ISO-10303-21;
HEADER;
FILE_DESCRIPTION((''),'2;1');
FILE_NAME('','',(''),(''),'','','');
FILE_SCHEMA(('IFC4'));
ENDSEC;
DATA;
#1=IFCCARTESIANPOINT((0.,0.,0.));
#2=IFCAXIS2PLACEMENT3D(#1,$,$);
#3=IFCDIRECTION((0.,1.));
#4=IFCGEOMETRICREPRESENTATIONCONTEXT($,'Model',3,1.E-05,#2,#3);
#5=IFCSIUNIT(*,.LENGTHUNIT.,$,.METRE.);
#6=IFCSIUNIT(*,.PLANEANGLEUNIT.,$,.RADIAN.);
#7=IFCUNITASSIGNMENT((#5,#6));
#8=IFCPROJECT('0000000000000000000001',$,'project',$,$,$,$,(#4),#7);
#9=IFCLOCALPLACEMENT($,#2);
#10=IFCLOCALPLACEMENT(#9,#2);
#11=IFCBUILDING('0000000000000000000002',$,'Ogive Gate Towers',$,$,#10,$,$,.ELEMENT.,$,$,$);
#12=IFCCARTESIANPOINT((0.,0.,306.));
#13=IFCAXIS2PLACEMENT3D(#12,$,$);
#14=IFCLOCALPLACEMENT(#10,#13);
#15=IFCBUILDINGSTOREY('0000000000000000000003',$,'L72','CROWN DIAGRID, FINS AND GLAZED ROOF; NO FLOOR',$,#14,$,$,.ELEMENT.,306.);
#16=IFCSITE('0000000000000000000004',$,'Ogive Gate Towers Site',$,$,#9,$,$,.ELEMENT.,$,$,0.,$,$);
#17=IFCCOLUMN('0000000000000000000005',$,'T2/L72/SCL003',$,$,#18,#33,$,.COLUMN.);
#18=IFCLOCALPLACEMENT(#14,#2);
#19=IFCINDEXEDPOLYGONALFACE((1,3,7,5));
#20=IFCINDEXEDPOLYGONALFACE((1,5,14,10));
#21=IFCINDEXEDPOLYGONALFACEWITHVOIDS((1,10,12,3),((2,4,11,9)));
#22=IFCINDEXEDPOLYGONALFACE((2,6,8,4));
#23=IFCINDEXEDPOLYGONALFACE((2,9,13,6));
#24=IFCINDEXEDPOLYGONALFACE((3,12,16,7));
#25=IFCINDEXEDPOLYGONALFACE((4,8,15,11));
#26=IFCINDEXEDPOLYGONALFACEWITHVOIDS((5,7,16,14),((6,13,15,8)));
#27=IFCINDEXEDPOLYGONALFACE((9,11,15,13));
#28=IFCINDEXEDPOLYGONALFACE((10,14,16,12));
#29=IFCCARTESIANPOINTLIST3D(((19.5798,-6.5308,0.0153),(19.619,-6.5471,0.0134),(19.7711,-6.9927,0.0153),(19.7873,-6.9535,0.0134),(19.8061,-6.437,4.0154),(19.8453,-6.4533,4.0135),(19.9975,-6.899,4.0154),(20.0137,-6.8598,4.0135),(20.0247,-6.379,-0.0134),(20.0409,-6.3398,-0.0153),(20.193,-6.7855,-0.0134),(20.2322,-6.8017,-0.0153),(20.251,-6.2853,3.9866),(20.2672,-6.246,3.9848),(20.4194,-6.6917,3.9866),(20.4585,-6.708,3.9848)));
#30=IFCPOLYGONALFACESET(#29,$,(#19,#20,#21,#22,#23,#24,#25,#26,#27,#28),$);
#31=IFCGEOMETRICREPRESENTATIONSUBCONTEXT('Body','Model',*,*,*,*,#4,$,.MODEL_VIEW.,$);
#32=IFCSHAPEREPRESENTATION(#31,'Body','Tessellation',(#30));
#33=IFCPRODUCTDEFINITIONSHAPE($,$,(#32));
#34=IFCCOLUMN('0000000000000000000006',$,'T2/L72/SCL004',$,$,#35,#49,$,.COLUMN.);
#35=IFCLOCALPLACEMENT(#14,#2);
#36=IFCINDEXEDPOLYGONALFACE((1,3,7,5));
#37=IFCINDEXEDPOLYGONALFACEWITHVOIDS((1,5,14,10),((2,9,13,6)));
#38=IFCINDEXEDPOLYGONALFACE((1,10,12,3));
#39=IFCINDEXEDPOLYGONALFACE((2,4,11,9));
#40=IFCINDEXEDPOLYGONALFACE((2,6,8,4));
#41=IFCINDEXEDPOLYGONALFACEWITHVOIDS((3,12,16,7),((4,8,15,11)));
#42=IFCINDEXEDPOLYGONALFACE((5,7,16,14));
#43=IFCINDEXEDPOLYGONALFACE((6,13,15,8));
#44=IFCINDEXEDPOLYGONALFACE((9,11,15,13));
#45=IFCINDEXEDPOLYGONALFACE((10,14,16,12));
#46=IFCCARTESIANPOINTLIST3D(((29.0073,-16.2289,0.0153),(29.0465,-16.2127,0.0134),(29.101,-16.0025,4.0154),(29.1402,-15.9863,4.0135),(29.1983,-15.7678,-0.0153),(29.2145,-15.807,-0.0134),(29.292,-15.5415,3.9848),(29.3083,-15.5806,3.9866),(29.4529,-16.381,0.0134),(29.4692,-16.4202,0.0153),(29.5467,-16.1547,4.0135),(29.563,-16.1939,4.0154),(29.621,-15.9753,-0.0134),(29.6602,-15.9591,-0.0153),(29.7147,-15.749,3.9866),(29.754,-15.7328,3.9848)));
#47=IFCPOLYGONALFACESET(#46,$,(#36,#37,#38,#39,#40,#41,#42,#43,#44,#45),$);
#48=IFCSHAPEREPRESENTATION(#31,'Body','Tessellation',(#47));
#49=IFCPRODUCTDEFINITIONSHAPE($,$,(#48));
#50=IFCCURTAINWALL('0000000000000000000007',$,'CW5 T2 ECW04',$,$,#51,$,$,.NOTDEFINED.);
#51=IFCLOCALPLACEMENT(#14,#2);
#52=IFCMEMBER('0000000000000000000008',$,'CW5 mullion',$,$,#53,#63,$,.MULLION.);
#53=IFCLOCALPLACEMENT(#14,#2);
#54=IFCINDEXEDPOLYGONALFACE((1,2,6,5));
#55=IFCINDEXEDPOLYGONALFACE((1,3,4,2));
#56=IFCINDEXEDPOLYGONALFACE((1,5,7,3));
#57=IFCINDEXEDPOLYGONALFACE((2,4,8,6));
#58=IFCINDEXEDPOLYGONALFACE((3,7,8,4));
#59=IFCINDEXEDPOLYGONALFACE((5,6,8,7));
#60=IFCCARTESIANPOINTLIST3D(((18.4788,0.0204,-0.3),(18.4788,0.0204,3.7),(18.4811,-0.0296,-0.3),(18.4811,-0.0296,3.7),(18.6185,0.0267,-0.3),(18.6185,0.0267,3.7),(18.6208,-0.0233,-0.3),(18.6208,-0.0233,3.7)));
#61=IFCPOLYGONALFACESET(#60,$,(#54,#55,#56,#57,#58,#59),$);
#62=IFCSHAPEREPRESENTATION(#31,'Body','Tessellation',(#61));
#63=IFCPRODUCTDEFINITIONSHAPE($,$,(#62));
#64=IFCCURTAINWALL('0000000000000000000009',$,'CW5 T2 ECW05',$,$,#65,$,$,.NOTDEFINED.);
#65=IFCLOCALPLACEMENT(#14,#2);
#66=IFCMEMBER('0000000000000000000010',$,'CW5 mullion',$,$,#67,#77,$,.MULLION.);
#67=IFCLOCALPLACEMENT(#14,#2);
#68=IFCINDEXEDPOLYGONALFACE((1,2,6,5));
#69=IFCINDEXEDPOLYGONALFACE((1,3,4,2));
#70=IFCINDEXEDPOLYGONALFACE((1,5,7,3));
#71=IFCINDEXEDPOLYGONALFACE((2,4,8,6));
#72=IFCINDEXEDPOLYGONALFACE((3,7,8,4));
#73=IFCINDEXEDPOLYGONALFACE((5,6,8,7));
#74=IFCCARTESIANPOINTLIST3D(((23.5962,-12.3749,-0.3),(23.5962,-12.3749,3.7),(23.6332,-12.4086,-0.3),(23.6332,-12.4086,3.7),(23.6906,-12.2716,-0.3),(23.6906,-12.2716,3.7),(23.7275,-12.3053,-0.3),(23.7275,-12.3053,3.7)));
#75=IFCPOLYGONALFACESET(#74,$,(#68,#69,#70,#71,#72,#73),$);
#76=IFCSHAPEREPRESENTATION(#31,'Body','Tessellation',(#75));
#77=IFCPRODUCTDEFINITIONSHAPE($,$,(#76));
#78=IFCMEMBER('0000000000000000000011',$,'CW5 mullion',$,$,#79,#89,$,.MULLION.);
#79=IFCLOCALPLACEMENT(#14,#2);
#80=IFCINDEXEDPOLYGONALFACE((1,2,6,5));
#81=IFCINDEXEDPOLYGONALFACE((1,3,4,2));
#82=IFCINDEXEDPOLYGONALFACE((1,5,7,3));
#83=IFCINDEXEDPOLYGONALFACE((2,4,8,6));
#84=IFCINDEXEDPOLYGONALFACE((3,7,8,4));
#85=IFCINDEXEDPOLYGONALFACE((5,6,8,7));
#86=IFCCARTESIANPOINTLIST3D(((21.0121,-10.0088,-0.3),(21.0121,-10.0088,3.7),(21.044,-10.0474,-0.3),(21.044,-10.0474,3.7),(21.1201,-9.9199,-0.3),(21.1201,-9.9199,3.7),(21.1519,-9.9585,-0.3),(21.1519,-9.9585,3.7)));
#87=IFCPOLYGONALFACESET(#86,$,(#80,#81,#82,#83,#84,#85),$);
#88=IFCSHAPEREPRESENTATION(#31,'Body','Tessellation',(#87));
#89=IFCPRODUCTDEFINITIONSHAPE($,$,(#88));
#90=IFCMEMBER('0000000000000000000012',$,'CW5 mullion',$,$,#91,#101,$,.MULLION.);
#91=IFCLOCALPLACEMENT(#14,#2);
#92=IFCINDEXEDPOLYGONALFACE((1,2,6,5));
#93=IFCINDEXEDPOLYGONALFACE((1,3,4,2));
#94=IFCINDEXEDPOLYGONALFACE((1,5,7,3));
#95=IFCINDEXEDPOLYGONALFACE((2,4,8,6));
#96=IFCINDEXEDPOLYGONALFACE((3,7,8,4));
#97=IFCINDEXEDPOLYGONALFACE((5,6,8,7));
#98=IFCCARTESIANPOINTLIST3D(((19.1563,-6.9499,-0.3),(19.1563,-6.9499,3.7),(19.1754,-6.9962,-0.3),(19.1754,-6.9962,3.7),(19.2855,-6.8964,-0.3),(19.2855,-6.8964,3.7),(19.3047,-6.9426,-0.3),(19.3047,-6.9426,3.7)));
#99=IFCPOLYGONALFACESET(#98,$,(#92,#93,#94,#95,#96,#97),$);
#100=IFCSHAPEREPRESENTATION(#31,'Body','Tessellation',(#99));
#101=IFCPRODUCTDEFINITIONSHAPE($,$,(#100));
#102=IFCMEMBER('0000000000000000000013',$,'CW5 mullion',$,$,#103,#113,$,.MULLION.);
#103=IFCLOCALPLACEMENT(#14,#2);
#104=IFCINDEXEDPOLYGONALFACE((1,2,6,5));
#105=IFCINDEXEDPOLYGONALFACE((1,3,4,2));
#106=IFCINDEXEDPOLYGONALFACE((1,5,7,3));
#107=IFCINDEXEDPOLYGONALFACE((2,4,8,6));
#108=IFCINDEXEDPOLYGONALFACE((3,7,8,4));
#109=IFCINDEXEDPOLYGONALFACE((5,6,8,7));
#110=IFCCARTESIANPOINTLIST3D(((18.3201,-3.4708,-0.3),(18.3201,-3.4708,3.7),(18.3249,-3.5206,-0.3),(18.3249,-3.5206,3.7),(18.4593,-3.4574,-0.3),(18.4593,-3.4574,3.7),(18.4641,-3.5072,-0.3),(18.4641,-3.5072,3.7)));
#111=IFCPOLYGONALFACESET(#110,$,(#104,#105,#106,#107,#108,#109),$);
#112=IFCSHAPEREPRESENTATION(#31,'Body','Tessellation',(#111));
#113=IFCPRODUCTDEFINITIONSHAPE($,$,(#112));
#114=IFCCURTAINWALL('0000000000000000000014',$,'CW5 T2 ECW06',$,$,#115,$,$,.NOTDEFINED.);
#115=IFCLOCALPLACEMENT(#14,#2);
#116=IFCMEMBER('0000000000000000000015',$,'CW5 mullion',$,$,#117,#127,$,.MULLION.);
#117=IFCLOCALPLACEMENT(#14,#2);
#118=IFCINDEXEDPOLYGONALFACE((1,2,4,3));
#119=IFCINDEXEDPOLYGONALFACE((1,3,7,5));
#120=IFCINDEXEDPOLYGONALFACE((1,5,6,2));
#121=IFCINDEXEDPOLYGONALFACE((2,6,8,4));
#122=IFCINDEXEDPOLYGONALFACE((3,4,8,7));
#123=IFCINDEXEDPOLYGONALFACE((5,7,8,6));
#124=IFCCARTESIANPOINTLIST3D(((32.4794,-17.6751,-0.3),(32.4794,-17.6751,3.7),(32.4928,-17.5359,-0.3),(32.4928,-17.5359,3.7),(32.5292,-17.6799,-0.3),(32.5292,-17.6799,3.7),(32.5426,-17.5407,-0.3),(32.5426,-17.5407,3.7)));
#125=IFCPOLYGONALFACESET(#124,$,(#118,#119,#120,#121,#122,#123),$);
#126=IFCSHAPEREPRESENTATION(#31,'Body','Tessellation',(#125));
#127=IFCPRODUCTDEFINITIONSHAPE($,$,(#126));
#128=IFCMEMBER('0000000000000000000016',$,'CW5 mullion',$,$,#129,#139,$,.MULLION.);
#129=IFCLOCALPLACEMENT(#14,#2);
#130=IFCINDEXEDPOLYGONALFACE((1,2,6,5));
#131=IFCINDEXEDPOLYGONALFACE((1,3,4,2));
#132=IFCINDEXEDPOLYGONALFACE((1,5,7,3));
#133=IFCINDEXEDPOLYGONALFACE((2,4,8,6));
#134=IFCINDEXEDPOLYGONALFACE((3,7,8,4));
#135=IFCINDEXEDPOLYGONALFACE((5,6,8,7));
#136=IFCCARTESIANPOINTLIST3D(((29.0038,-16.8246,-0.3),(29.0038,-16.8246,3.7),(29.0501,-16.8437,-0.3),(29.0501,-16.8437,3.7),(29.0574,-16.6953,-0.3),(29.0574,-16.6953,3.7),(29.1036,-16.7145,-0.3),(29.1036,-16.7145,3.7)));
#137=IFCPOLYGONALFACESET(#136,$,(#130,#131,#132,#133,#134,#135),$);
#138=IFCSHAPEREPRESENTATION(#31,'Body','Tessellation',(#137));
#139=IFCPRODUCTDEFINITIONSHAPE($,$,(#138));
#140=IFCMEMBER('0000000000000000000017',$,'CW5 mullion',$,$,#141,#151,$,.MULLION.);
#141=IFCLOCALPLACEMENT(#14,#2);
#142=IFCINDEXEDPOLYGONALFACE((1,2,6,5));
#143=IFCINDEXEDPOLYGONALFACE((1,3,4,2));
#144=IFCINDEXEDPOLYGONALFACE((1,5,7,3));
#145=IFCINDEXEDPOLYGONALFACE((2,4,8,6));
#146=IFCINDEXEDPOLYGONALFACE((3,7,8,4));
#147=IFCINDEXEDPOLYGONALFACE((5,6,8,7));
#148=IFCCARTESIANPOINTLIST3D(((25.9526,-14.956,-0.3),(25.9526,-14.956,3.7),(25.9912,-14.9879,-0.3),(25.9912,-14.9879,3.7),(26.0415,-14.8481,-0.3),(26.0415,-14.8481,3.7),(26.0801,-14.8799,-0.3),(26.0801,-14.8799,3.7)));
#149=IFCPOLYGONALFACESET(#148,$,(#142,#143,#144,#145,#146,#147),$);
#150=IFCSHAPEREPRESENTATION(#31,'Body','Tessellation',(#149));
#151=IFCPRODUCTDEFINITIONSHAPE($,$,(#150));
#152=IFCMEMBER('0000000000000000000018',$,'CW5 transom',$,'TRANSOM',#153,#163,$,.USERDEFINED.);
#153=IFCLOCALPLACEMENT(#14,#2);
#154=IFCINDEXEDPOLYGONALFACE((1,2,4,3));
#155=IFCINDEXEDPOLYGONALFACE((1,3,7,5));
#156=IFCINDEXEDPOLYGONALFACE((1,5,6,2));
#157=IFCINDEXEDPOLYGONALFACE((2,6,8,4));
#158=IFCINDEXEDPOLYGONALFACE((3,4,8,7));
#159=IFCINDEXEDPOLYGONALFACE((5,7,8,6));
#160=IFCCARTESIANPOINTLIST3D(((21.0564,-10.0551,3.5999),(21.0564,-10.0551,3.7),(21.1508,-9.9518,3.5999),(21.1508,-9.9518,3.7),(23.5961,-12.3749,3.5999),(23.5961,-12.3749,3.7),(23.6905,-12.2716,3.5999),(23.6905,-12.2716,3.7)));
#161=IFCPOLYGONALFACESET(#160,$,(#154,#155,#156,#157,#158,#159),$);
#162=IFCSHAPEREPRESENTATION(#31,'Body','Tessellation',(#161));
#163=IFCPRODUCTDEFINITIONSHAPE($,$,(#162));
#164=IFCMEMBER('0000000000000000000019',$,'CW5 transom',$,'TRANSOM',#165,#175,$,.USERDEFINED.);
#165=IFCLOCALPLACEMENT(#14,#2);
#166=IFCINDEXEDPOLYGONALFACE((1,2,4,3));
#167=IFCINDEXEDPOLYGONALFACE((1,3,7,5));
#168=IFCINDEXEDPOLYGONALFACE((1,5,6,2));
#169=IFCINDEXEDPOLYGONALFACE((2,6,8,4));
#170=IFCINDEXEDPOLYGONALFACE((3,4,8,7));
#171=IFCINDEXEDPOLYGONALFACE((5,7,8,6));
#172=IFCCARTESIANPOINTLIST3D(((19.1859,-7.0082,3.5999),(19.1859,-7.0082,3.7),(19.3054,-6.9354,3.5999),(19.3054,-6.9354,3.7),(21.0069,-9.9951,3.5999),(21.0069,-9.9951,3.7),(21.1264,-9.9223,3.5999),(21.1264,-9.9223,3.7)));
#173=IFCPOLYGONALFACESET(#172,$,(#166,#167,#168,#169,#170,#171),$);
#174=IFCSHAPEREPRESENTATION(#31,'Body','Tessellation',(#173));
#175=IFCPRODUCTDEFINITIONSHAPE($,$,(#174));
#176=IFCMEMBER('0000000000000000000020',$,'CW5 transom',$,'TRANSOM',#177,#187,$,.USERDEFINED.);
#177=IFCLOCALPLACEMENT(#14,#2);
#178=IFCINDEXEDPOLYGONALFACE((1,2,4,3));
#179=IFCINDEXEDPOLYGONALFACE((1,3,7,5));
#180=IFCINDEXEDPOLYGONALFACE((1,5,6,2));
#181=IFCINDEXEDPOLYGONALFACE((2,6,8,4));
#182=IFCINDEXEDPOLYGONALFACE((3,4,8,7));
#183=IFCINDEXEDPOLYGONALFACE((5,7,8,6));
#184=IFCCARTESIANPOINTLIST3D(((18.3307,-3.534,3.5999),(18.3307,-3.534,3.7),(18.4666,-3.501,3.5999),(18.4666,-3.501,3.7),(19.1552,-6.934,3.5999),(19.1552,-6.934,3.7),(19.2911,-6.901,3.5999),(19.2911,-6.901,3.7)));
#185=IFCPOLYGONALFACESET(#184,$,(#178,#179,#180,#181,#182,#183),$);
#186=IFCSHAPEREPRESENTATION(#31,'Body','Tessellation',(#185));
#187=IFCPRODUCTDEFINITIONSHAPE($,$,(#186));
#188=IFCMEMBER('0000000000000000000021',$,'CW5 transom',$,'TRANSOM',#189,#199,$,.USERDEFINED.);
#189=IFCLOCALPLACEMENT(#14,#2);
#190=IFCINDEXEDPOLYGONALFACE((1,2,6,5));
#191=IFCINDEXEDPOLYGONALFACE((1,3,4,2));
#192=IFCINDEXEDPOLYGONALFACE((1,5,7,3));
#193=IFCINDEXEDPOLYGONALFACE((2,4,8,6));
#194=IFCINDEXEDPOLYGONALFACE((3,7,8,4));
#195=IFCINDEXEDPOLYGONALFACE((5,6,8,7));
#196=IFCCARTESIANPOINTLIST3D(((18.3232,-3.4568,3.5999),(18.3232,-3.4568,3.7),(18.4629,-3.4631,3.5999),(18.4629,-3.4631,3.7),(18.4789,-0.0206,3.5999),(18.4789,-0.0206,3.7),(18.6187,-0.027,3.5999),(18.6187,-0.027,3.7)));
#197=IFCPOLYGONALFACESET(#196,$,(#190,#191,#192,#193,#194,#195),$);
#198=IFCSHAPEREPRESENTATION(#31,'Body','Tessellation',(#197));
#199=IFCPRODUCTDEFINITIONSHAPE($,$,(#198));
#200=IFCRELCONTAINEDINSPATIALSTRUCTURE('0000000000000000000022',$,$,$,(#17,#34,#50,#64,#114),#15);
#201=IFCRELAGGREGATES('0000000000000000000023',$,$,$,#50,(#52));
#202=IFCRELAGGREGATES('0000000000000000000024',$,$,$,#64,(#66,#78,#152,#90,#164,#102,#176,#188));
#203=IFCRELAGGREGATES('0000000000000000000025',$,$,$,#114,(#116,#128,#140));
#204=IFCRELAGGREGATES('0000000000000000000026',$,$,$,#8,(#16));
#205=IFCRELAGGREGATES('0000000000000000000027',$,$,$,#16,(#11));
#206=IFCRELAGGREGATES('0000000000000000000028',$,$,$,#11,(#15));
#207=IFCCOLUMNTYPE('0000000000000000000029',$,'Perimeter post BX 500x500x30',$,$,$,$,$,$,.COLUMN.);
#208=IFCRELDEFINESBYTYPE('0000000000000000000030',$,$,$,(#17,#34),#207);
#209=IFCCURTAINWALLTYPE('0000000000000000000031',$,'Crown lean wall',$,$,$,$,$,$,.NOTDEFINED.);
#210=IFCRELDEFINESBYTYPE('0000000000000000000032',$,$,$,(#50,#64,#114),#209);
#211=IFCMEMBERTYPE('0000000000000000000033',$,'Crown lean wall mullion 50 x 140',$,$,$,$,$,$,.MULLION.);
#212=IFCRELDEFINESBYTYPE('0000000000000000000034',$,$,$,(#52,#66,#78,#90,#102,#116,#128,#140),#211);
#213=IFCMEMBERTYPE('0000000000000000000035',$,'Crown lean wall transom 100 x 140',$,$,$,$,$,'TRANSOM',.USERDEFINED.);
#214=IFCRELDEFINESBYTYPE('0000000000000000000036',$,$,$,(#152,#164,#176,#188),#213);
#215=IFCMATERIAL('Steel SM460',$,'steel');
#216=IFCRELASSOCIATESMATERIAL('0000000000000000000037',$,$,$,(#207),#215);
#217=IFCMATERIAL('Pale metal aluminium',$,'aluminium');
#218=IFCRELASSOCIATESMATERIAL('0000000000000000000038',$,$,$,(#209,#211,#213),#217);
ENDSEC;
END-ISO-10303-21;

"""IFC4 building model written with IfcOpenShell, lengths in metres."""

from ifc_helpers import new_model, si_unit, direction, frame, origin, origin_2d, place, context, subcontext, project, spatial, rectangle, hollow_rectangle, extrude, material, material_profile, profile_set, type_object, element, aggregate, save


model = new_model("IFC4")

# Units and contexts
model_context = context("Model", 3, precision=1e-05, world=origin(), true_north=direction((0.0, 1.0)))
body_context = subcontext(model_context, "Body", "Model", "MODEL_VIEW")
ifc_project = project(units=[si_unit("LENGTHUNIT", "METRE"), si_unit("PLANEANGLEUNIT", "RADIAN")], contexts=[model_context])

# Site, building, storey
site_placement = place(None, origin())
site = spatial("IfcSite", under=ifc_project, at=site_placement, Name="Ogive Gate Towers Site", CompositionType="ELEMENT", RefElevation=0.0)
building_placement = place(site_placement, origin())
building = spatial("IfcBuilding", under=site, at=building_placement, Name="Ogive Gate Towers", CompositionType="ELEMENT")
storey_placement = place(building_placement, frame((0.0, 0.0, 306.0)))
storey = spatial("IfcBuildingStorey", under=building, at=storey_placement, Name="L72", Description="CROWN DIAGRID, FINS AND GLAZED ROOF; NO FLOOR", CompositionType="ELEMENT", Elevation=306.0)

# Columns
ifc_material_1 = material(Name="Steel SM460", Category="steel")
ifc_material_profile_1 = material_profile(ifc_material_1, hollow_rectangle(XDim=0.5, YDim=0.5, WallThickness=0.03, at=origin_2d()), Name="BX 500x500x30")
ifc_profile_set_1 = profile_set([ifc_material_profile_1], Name="Steel SM460")
column_type = type_object("IfcColumnType", Name="Perimeter post BX 500x500x30", PredefinedType="COLUMN", material=ifc_profile_set_1)
for number, where, z_axis, x_axis, name in (
    (1, (19.906, -6.6663, 0.0), (0.056474, 0.023394, 0.99813), (-0.382704, 0.923871, 0.0), "T2/L72/SCL003"),
    (2, (29.3337, -16.094, 0.0), (0.023394, 0.056474, 0.99813), (-0.923871, 0.382704, 0.0), "T2/L72/SCL004"),
):
    element("IfcColumn", number, at=place(storey_placement, frame(where, z_axis=z_axis, x_axis=x_axis)), inside=storey, type_object=column_type, Name=name, PredefinedType="COLUMN", context=body_context, shape_type="SweptSolid", body=[
        extrude(hollow_rectangle(XDim=0.5, YDim=0.5, WallThickness=0.03, at=origin_2d()), origin(), (0.0, 0.0, 1.0), 4.0076),
    ])

# Curtain wall, member
ifc_material_2 = material(Name="Pale metal aluminium", Category="aluminium")
curtain_wall_type = type_object("IfcCurtainWallType", Name="Crown lean wall", PredefinedType="NOTDEFINED", material=ifc_material_2)
curtain_wall_1_placement = place(storey_placement, origin())
curtain_wall_1 = element("IfcCurtainWall", 3, at=curtain_wall_1_placement, inside=storey, type_object=curtain_wall_type, Name="CW5 T2 ECW04", PredefinedType="NOTDEFINED")
ifc_material_profile_2 = material_profile(ifc_material_2, rectangle(XDim=0.1399, YDim=0.05, at=origin_2d()), Name="50 x 140 aluminium box")
ifc_profile_set_2 = profile_set([ifc_material_profile_2], Name="Pale metal aluminium")
member_type_1 = type_object("IfcMemberType", Name="Crown lean wall mullion 50 x 140", PredefinedType="MULLION", material=ifc_profile_set_2)
member_1_placement = place(storey_placement, frame((18.5498, -0.0015, -0.3), z_axis=(0.0, 0.0, 1.0), x_axis=(0.998975, 0.045276, 0.0)))
member_1 = element("IfcMember", 4, at=member_1_placement, type_object=member_type_1, Name="CW5 mullion", PredefinedType="MULLION", context=body_context, shape_type="SweptSolid", body=[
    extrude(rectangle(XDim=0.1399, YDim=0.05, at=origin_2d()), origin(), (0.0, 0.0, 1.0), 4.0),
])
aggregate(curtain_wall_1, [member_1])

# Curtain walls, members
curtain_wall_2_placement = place(storey_placement, origin())
curtain_wall_2 = element("IfcCurtainWall", 5, at=curtain_wall_2_placement, inside=storey, type_object=curtain_wall_type, Name="CW5 T2 ECW05", PredefinedType="NOTDEFINED")
member_2_placement = place(storey_placement, frame((23.6619, -12.3401, -0.3), z_axis=(0.0, 0.0, 1.0), x_axis=(0.674354, 0.738408, 0.0)))
member_2 = element("IfcMember", 6, at=member_2_placement, type_object=member_type_1, Name="CW5 mullion", PredefinedType="MULLION", context=body_context, shape_type="SweptSolid", body=[
    extrude(rectangle(XDim=0.1399, YDim=0.05, at=origin_2d()), origin(), (0.0, 0.0, 1.0), 4.0),
])
member_3_placement = place(storey_placement, frame((21.082, -9.9836, -0.3), z_axis=(0.0, 0.0, 1.0), x_axis=(0.771835, 0.635822, 0.0)))
member_3 = element("IfcMember", 7, at=member_3_placement, type_object=member_type_1, Name="CW5 mullion", PredefinedType="MULLION", context=body_context, shape_type="SweptSolid", body=[
    extrude(rectangle(XDim=0.1399, YDim=0.05, at=origin_2d()), origin(), (0.0, 0.0, 1.0), 4.0),
])
member_4_placement = place(storey_placement, frame((19.2305, -6.9463, -0.3), z_axis=(0.0, 0.0, 1.0), x_axis=(0.923886, 0.382667, 0.0)))
member_4 = element("IfcMember", 8, at=member_4_placement, type_object=member_type_1, Name="CW5 mullion", PredefinedType="MULLION", context=body_context, shape_type="SweptSolid", body=[
    extrude(rectangle(XDim=0.1399, YDim=0.05, at=origin_2d()), origin(), (0.0, 0.0, 1.0), 4.0),
])
member_5_placement = place(storey_placement, frame((18.3921, -3.489, -0.3), z_axis=(0.0, 0.0, 1.0), x_axis=(0.995366, 0.096158, 0.0)))
member_5 = element("IfcMember", 9, at=member_5_placement, type_object=member_type_1, Name="CW5 mullion", PredefinedType="MULLION", context=body_context, shape_type="SweptSolid", body=[
    extrude(rectangle(XDim=0.1399, YDim=0.05, at=origin_2d()), origin(), (0.0, 0.0, 1.0), 4.0),
])
curtain_wall_3_placement = place(storey_placement, origin())
curtain_wall_3 = element("IfcCurtainWall", 10, at=curtain_wall_3_placement, inside=storey, type_object=curtain_wall_type, Name="CW5 T2 ECW06", PredefinedType="NOTDEFINED")
member_6_placement = place(storey_placement, frame((32.511, -17.6079, -0.3), z_axis=(0.0, 0.0, 1.0), x_axis=(0.096158, 0.995366, 0.0)))
member_6 = element("IfcMember", 11, at=member_6_placement, type_object=member_type_1, Name="CW5 mullion", PredefinedType="MULLION", context=body_context, shape_type="SweptSolid", body=[
    extrude(rectangle(XDim=0.1399, YDim=0.05, at=origin_2d()), origin(), (0.0, 0.0, 1.0), 4.0),
])
member_7_placement = place(storey_placement, frame((29.0537, -16.7695, -0.3), z_axis=(0.0, 0.0, 1.0), x_axis=(0.382667, 0.923886, 0.0)))
member_7 = element("IfcMember", 12, at=member_7_placement, type_object=member_type_1, Name="CW5 mullion", PredefinedType="MULLION", context=body_context, shape_type="SweptSolid", body=[
    extrude(rectangle(XDim=0.1399, YDim=0.05, at=origin_2d()), origin(), (0.0, 0.0, 1.0), 4.0),
])
member_8_placement = place(storey_placement, frame((26.0164, -14.918, -0.3), z_axis=(0.0, 0.0, 1.0), x_axis=(0.635822, 0.771835, 0.0)))
member_8 = element("IfcMember", 13, at=member_8_placement, type_object=member_type_1, Name="CW5 mullion", PredefinedType="MULLION", context=body_context, shape_type="SweptSolid", body=[
    extrude(rectangle(XDim=0.1399, YDim=0.05, at=origin_2d()), origin(), (0.0, 0.0, 1.0), 4.0),
])

# Members
ifc_material_profile_3 = material_profile(ifc_material_2, rectangle(XDim=0.1399, YDim=0.1001, at=origin_2d()), Name="100 x 140 aluminium box")
ifc_profile_set_3 = profile_set([ifc_material_profile_3], Name="Pale metal aluminium")
member_type_2 = type_object("IfcMemberType", Name="Crown lean wall transom 100 x 140", ElementType="TRANSOM", PredefinedType="USERDEFINED", material=ifc_profile_set_3)
member_9_placement = place(storey_placement, frame((23.6433, -12.3232, 3.6499), z_axis=(-0.738358, 0.674409, 0.0), x_axis=(-0.674409, -0.738358, 0.0)))
member_9 = element("IfcMember", 14, at=member_9_placement, type_object=member_type_2, Name="CW5 transom", ObjectType="TRANSOM", PredefinedType="USERDEFINED", context=body_context, shape_type="SweptSolid", body=[
    extrude(rectangle(XDim=0.1399, YDim=0.1001, at=origin_2d()), origin(), (0.0, 0.0, 1.0), 3.4397),
])
member_10_placement = place(storey_placement, frame((21.0667, -9.9587, 3.6499), z_axis=(-0.520538, 0.853839, 0.0), x_axis=(-0.853839, -0.520538, 0.0)))
member_10 = element("IfcMember", 15, at=member_10_placement, type_object=member_type_2, Name="CW5 transom", ObjectType="TRANSOM", PredefinedType="USERDEFINED", context=body_context, shape_type="SweptSolid", body=[
    extrude(rectangle(XDim=0.1399, YDim=0.1001, at=origin_2d()), origin(), (0.0, 0.0, 1.0), 3.4983),
])
member_11_placement = place(storey_placement, frame((19.2231, -6.9175, 3.6499), z_axis=(-0.235666, 0.971834, 0.0), x_axis=(-0.971834, -0.235666, 0.0)))
member_11 = element("IfcMember", 16, at=member_11_placement, type_object=member_type_2, Name="CW5 transom", ObjectType="TRANSOM", PredefinedType="USERDEFINED", context=body_context, shape_type="SweptSolid", body=[
    extrude(rectangle(XDim=0.1399, YDim=0.1001, at=origin_2d()), origin(), (0.0, 0.0, 1.0), 3.4985),
])
member_12_placement = place(storey_placement, frame((18.3931, -3.46, 3.6499), z_axis=(0.045282, 0.998974, 0.0), x_axis=(-0.998974, 0.045282, 0.0)))
member_12 = element("IfcMember", 17, at=member_12_placement, type_object=member_type_2, Name="CW5 transom", ObjectType="TRANSOM", PredefinedType="USERDEFINED", context=body_context, shape_type="SweptSolid", body=[
    extrude(rectangle(XDim=0.1399, YDim=0.1001, at=origin_2d()), origin(), (0.0, 0.0, 1.0), 3.4397),
])

aggregate(curtain_wall_2, [member_2, member_3, member_9, member_4, member_10, member_5, member_11, member_12])
aggregate(curtain_wall_3, [member_6, member_7, member_8])

save(model, "model.ifc")
